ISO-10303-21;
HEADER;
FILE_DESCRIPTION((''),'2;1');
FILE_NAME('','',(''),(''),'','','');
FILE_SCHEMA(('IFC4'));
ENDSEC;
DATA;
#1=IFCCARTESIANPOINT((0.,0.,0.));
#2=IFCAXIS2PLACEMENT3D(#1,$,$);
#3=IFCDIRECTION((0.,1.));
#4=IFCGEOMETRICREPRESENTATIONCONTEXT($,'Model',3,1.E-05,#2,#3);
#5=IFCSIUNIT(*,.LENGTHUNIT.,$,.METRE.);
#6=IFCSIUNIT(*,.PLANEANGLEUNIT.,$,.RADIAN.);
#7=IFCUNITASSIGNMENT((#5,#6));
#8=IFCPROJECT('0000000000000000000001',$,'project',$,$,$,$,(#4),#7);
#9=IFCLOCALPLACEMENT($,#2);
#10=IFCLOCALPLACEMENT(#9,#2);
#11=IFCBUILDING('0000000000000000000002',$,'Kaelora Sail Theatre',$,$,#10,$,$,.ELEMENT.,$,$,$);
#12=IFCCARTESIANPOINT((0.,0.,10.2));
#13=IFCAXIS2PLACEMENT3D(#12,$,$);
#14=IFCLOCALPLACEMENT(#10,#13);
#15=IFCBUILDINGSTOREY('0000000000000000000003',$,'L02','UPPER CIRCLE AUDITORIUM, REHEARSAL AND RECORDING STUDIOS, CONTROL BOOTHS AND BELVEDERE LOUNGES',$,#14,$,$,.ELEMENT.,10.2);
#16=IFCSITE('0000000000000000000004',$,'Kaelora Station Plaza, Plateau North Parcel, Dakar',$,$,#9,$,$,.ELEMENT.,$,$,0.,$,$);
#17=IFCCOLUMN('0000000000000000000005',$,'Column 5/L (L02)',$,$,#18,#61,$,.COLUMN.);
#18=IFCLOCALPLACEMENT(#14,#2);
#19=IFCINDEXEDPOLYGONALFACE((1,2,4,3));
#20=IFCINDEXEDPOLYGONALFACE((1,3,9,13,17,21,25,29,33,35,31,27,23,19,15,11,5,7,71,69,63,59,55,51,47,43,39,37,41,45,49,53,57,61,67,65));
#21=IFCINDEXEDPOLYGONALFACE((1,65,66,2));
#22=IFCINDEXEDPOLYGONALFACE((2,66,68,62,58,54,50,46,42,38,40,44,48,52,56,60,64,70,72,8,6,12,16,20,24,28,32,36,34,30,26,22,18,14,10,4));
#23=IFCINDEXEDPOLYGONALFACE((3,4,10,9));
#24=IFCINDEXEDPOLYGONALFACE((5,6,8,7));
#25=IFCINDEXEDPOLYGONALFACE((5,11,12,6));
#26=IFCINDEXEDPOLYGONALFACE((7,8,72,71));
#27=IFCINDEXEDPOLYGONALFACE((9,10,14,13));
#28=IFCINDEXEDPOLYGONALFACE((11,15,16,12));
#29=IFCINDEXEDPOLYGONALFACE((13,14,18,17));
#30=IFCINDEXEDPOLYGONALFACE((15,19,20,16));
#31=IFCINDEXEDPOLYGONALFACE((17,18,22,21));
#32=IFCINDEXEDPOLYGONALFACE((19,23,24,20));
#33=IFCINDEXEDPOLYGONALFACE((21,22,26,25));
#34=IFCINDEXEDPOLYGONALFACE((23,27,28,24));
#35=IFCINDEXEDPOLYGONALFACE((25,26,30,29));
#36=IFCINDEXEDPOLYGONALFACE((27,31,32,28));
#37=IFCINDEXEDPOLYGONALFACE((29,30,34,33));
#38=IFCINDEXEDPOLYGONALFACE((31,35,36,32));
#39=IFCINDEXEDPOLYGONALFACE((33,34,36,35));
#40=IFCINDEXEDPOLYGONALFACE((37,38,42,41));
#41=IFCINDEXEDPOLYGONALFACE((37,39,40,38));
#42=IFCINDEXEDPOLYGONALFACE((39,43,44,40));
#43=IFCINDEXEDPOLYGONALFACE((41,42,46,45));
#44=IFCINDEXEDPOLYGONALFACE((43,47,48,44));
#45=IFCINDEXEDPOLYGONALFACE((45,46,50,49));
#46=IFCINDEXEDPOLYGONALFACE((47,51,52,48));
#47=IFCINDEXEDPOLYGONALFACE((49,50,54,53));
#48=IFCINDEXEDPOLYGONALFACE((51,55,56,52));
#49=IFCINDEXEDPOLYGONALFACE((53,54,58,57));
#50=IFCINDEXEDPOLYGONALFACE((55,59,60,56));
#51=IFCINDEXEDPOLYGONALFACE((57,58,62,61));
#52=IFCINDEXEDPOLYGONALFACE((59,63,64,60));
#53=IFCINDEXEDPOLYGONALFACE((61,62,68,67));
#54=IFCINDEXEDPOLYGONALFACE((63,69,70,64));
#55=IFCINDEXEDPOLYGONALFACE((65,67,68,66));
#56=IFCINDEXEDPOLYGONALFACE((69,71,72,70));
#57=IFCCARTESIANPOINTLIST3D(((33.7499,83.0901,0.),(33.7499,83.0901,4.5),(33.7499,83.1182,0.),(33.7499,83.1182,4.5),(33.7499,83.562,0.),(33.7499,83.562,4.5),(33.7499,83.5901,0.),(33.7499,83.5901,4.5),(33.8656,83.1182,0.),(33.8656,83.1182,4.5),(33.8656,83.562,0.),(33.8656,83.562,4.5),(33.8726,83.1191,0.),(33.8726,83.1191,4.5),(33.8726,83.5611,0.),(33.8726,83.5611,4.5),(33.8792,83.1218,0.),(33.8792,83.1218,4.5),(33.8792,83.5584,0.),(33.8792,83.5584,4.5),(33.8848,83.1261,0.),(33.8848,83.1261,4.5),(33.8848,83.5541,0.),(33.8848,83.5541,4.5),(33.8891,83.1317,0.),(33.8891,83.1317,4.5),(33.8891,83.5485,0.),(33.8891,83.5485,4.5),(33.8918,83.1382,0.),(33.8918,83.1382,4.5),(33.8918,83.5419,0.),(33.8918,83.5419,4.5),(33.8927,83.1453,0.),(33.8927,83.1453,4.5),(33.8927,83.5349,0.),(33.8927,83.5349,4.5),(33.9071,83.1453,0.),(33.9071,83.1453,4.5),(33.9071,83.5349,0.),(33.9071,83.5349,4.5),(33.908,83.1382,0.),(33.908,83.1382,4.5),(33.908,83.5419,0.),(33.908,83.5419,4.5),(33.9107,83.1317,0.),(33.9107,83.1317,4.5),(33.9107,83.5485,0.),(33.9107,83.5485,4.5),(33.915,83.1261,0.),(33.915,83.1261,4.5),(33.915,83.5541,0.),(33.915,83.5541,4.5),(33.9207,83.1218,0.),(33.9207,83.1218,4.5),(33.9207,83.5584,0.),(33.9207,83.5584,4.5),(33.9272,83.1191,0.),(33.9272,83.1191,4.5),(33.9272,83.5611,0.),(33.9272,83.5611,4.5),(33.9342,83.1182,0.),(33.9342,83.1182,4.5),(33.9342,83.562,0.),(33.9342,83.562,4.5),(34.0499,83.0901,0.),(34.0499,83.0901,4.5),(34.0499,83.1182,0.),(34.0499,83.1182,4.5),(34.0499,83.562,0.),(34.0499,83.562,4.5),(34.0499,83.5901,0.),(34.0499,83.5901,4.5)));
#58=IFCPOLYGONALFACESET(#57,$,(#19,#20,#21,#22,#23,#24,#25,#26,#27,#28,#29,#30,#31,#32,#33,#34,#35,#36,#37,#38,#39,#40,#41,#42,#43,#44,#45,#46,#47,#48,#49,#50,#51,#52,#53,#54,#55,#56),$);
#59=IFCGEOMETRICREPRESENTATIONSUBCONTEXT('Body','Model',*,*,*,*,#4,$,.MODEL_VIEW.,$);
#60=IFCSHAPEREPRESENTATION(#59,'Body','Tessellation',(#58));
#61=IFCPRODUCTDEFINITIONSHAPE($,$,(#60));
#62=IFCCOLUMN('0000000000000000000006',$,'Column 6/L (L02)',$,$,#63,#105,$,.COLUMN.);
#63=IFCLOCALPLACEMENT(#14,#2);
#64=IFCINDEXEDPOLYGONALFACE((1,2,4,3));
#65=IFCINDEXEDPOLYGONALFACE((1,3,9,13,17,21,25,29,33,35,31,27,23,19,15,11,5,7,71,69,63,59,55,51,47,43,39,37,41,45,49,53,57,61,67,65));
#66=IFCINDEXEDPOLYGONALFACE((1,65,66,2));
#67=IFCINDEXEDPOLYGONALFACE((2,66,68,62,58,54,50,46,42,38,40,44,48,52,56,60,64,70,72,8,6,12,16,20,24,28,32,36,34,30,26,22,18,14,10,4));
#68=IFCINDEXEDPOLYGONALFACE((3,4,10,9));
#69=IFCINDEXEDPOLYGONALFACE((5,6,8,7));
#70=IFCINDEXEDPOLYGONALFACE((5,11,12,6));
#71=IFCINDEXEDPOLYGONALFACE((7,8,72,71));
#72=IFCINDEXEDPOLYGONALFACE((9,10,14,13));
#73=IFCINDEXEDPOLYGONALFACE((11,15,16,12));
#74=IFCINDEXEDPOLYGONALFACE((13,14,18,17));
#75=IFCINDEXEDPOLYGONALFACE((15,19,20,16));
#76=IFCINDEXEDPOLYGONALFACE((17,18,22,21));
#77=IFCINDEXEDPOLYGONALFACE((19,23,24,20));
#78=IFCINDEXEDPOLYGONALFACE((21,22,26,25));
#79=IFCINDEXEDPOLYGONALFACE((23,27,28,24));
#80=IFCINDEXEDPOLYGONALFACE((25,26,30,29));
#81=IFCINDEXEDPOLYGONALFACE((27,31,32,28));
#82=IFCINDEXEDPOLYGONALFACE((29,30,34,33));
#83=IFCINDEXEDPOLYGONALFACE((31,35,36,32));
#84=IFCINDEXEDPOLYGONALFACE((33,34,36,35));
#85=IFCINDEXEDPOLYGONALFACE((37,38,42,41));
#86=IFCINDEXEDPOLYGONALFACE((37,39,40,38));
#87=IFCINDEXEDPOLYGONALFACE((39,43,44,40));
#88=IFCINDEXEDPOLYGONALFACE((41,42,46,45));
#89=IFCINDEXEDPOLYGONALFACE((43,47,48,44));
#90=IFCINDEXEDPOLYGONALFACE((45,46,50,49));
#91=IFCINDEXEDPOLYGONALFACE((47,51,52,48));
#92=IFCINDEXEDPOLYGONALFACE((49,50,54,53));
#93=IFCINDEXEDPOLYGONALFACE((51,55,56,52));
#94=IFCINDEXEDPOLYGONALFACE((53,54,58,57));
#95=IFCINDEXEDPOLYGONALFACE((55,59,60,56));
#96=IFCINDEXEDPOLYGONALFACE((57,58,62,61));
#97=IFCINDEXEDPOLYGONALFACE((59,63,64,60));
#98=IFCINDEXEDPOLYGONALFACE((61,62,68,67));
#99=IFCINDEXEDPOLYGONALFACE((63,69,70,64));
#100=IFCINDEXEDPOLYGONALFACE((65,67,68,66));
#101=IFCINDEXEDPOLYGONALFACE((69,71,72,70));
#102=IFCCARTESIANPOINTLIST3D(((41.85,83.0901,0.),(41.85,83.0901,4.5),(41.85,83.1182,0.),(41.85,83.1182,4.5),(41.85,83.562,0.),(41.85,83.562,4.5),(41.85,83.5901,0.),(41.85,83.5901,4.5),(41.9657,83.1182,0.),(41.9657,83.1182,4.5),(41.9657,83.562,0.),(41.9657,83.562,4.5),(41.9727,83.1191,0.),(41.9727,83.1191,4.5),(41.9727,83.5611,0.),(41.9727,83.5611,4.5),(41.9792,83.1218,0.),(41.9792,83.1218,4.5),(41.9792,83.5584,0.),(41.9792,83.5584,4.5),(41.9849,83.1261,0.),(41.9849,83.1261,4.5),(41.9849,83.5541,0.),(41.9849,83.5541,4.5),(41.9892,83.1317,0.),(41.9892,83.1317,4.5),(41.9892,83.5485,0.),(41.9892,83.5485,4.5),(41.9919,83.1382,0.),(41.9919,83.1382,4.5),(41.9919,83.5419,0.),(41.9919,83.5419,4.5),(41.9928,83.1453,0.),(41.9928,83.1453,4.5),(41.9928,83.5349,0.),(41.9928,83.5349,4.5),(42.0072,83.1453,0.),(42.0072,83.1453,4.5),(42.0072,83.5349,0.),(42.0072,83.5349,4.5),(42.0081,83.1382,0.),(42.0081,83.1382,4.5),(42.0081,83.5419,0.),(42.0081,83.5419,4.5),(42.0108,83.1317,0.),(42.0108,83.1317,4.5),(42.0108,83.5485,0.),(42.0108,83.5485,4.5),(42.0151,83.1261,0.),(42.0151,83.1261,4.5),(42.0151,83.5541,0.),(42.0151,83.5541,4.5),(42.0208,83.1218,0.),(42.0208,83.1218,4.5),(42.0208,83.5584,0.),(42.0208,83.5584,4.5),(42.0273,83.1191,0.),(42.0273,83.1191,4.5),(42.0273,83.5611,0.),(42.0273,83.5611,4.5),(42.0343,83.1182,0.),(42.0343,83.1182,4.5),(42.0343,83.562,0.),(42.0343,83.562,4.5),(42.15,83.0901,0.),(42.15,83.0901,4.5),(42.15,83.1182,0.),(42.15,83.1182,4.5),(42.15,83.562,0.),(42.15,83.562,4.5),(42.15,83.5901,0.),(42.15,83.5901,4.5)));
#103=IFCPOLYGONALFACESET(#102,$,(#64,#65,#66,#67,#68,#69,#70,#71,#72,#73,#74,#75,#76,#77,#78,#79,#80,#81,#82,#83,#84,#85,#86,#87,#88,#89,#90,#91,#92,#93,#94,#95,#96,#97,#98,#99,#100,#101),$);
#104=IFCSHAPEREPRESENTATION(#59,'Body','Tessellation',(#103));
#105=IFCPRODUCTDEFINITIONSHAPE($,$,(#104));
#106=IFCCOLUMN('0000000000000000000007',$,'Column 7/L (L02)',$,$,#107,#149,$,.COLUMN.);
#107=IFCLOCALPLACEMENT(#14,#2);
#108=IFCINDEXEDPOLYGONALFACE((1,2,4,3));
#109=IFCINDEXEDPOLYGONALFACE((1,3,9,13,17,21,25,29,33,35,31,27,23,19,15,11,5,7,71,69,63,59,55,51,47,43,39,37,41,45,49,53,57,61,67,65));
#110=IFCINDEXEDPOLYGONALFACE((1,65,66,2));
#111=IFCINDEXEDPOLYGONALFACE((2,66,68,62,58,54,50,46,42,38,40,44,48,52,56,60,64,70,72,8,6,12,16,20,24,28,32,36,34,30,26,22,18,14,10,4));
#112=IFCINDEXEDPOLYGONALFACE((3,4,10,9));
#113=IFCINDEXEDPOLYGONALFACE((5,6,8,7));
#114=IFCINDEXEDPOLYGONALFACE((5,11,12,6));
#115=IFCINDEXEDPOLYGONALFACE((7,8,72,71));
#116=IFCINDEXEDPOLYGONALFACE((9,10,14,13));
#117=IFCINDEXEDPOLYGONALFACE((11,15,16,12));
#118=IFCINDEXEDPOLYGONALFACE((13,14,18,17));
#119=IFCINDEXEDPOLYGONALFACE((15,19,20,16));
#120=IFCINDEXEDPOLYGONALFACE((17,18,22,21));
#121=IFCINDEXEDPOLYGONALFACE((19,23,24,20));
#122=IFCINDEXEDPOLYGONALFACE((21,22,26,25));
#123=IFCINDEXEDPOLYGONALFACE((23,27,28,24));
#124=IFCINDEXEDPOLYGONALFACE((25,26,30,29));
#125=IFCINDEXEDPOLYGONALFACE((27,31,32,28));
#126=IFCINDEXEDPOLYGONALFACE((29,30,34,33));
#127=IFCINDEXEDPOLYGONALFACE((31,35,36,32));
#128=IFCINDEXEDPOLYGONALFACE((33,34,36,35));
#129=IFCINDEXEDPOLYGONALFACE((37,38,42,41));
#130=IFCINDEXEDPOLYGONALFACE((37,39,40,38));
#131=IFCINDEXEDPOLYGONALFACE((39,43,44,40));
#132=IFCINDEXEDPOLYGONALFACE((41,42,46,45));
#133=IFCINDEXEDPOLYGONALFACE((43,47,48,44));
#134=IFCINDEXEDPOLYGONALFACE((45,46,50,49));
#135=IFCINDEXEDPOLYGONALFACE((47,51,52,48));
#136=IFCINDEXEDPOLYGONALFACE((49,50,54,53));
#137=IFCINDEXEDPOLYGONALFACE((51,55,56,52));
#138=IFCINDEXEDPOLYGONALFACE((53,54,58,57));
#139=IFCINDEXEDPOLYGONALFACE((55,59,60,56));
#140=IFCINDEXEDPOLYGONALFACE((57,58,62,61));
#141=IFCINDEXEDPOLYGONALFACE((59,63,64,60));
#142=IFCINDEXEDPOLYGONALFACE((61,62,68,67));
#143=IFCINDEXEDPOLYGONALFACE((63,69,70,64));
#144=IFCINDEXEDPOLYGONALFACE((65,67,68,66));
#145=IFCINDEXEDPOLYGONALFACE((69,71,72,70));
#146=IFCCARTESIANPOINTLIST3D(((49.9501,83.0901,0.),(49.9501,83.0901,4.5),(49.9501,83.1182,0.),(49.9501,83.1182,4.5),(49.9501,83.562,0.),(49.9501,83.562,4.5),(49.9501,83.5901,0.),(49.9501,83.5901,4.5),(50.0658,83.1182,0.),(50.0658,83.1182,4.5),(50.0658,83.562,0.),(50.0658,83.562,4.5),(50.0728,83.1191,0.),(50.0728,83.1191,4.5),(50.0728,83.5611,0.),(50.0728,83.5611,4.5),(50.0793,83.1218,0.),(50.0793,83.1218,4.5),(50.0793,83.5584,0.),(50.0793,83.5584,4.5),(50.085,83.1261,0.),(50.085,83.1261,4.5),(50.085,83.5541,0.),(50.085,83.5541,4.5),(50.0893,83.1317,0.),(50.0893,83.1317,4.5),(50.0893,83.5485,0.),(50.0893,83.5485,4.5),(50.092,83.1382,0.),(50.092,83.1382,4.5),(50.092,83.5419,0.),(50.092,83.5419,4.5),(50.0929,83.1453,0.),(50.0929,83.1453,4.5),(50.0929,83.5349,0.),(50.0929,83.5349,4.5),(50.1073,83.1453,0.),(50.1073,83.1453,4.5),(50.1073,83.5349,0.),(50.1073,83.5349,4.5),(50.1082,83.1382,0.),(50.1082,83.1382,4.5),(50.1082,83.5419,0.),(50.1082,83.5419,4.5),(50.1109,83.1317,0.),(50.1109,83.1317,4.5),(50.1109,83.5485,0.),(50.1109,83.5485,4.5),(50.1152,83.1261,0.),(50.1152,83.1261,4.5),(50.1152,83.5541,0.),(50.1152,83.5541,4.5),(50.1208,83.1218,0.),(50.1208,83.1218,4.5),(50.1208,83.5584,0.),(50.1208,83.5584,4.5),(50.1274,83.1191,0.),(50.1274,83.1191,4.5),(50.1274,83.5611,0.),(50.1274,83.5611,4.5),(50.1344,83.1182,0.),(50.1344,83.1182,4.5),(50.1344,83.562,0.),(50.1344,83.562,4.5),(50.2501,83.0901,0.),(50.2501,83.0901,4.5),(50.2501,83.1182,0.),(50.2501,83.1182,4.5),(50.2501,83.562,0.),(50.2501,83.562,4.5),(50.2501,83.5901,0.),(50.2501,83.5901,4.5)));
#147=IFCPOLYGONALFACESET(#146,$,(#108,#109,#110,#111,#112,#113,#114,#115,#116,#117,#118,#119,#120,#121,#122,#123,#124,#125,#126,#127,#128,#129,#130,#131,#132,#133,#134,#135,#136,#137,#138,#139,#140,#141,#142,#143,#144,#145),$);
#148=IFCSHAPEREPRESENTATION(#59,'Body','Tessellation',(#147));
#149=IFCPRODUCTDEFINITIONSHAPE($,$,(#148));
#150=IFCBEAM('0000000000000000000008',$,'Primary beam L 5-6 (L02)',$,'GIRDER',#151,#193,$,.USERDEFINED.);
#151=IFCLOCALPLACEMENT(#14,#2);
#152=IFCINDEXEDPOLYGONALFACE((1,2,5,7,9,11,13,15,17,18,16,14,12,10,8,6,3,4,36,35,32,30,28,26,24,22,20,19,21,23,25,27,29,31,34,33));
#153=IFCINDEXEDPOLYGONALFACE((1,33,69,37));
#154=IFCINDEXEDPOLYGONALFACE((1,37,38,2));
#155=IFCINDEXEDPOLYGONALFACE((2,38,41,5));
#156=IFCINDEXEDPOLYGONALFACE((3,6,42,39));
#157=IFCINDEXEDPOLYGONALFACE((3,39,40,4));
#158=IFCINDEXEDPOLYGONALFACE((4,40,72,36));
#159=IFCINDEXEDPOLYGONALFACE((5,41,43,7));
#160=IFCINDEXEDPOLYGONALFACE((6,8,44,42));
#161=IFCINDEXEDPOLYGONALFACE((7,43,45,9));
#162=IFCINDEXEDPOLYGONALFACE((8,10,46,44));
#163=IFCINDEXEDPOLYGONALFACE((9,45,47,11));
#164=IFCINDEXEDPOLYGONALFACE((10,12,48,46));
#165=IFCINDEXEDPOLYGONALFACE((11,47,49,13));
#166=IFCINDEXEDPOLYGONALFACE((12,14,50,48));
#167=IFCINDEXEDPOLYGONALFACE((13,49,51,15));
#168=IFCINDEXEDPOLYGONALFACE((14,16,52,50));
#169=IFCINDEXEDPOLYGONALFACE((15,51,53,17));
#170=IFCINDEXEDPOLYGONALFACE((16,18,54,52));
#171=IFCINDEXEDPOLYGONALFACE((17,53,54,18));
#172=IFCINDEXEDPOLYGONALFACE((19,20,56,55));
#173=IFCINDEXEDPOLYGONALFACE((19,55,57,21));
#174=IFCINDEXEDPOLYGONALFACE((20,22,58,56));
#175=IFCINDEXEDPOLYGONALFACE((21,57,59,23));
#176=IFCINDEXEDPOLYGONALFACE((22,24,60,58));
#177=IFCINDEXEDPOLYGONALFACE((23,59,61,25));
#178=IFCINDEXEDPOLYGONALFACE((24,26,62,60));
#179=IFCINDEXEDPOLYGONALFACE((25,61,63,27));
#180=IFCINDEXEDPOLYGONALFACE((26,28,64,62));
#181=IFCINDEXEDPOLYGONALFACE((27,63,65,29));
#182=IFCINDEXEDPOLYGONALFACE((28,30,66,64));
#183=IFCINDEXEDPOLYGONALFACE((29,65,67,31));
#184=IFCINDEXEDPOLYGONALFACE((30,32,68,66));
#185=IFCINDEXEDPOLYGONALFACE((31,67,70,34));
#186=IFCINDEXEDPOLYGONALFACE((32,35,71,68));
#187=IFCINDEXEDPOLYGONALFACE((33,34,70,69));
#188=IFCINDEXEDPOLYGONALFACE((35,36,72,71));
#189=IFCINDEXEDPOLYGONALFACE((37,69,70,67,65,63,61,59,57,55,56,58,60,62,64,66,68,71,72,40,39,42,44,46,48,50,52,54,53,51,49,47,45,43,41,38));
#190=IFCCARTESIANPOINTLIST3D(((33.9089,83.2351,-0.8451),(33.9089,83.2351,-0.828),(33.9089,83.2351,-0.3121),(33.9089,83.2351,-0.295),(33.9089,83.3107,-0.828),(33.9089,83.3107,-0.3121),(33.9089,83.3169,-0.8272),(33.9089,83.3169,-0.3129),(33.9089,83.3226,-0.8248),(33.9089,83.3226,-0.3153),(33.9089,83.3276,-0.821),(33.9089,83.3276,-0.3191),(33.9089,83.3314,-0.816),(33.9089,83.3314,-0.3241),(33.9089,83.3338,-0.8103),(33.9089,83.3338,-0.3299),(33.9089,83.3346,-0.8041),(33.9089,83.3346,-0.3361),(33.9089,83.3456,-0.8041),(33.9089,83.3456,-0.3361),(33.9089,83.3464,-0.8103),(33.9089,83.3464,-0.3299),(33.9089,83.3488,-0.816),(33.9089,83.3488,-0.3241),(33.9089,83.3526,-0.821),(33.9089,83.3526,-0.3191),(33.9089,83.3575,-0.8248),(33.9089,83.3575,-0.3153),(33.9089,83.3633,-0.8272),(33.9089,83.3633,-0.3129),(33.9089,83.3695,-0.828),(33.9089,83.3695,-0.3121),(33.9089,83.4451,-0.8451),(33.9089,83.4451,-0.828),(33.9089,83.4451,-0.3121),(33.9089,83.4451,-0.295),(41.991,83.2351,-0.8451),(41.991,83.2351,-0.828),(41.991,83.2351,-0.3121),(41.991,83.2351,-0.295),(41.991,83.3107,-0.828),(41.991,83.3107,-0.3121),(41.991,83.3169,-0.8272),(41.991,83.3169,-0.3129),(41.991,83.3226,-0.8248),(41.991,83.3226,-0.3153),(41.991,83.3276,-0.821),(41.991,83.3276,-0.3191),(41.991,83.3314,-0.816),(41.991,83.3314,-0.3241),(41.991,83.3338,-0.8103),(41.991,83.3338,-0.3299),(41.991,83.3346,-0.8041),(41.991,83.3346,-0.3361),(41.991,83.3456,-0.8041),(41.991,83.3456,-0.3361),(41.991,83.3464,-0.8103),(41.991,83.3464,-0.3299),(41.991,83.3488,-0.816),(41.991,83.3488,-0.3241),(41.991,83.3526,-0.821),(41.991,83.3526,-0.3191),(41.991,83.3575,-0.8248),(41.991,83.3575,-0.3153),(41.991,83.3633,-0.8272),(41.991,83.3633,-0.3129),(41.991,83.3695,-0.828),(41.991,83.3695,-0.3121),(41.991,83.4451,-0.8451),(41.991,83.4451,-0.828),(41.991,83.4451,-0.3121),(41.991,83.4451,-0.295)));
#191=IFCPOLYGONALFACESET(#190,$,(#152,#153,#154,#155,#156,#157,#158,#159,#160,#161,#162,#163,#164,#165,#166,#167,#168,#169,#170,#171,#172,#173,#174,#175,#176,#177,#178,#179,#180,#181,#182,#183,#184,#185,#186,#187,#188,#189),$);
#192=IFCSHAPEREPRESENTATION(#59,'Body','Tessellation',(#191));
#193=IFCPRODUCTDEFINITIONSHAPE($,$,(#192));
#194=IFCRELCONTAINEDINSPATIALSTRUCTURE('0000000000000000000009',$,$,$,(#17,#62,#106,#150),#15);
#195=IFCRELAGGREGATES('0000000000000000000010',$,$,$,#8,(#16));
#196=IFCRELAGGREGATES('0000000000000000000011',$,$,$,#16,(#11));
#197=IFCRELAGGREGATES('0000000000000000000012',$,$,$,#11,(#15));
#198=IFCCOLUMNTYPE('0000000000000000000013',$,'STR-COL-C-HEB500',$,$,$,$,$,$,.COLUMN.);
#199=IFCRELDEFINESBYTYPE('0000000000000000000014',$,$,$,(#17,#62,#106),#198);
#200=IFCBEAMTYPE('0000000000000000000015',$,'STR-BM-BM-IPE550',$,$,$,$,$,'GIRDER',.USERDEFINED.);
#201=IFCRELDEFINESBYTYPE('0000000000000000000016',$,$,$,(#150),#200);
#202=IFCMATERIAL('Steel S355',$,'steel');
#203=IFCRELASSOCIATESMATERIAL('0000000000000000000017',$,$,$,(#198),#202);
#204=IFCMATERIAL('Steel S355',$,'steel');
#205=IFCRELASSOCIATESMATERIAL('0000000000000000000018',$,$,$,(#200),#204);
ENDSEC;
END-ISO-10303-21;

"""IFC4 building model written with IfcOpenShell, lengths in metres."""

from ifc_helpers import new_model, si_unit, direction, frame, origin, origin_2d, place, context, subcontext, project, spatial, i_section, extrude, material, material_profile, profile_set, type_object, element, save


model = new_model("IFC4")

# Units and contexts
model_context = context("Model", 3, precision=1e-05, world=origin(), true_north=direction((0.0, 1.0)))
body_context = subcontext(model_context, "Body", "Model", "MODEL_VIEW")
ifc_project = project(units=[si_unit("LENGTHUNIT", "METRE"), si_unit("PLANEANGLEUNIT", "RADIAN")], contexts=[model_context])

# Site, building, storey
site_placement = place(None, origin())
site = spatial("IfcSite", under=ifc_project, at=site_placement, Name="Kaelora Station Plaza, Plateau North Parcel, Dakar", CompositionType="ELEMENT", RefElevation=0.0)
building_placement = place(site_placement, origin())
building = spatial("IfcBuilding", under=site, at=building_placement, Name="Kaelora Sail Theatre", CompositionType="ELEMENT")
storey_placement = place(building_placement, frame((0.0, 0.0, 10.2)))
storey = spatial("IfcBuildingStorey", under=building, at=storey_placement, Name="L02", Description="UPPER CIRCLE AUDITORIUM, REHEARSAL AND RECORDING STUDIOS, CONTROL BOOTHS AND BELVEDERE LOUNGES", CompositionType="ELEMENT", Elevation=10.2)

# Columns
ifc_material_1 = material(Name="Steel S355", Category="steel")
ifc_material_profile_1 = material_profile(ifc_material_1, i_section(OverallWidth=0.3, OverallDepth=0.5, WebThickness=0.0144, FlangeThickness=0.0281, FilletRadius=0.0271, at=origin_2d()), Name="HEB 500")
ifc_profile_set_1 = profile_set([ifc_material_profile_1], Name="Steel S355")
column_type = type_object("IfcColumnType", Name="STR-COL-C-HEB500", PredefinedType="COLUMN", material=ifc_profile_set_1)
for number, where, z_axis, x_axis, name in (
    (1, (33.8999, 83.3401, 0.0), (0.0, 0.0, 1.0), (1.0, 0.0, 0.0), "Column 5/L (L02)"),
    (2, (42.0, 83.3401, 0.0), (0.0, 0.0, 1.0), (1.0, 0.0, 0.0), "Column 6/L (L02)"),
    (3, (50.1001, 83.3401, 0.0), (0.0, 0.0, 1.0), (1.0, 0.0, 0.0), "Column 7/L (L02)"),
):
    element("IfcColumn", number, at=place(storey_placement, frame(where, z_axis=z_axis, x_axis=x_axis)), inside=storey, type_object=column_type, Name=name, PredefinedType="COLUMN", context=body_context, shape_type="SweptSolid", body=[
        extrude(i_section(OverallWidth=0.3, OverallDepth=0.5, WebThickness=0.0144, FlangeThickness=0.0281, FilletRadius=0.0271, at=origin_2d()), origin(), (0.0, 0.0, 1.0), 4.5),
    ])

# Beam
ifc_material_2 = material(Name="Steel S355", Category="steel")
ifc_material_profile_2 = material_profile(ifc_material_2, i_section(OverallWidth=0.21, OverallDepth=0.55, WebThickness=0.011, FlangeThickness=0.0171, FilletRadius=0.0239, at=origin_2d()), Name="IPE 550")
ifc_profile_set_2 = profile_set([ifc_material_profile_2], Name="Steel S355")
beam_type_1 = type_object("IfcBeamType", Name="STR-BM-BM-IPE550", ElementType="GIRDER", PredefinedType="USERDEFINED", material=ifc_profile_set_2)
for number, where, z_axis, x_axis, name in (
    (4, (33.9089, 83.3401, -0.5701), (1.0, 0.0, 0.0), (0.0, 1.0, 0.0), "Primary beam L 5-6 (L02)"),
):
    element("IfcBeam", number, at=place(storey_placement, frame(where, z_axis=z_axis, x_axis=x_axis)), inside=storey, type_object=beam_type_1, Name=name, ObjectType="GIRDER", PredefinedType="USERDEFINED", context=body_context, shape_type="SweptSolid", body=[
        extrude(i_section(OverallWidth=0.21, OverallDepth=0.55, WebThickness=0.011, FlangeThickness=0.0171, FilletRadius=0.0239, at=origin_2d()), origin(), (0.0, 0.0, 1.0), 8.082),
    ])

save(model, "model.ifc")
